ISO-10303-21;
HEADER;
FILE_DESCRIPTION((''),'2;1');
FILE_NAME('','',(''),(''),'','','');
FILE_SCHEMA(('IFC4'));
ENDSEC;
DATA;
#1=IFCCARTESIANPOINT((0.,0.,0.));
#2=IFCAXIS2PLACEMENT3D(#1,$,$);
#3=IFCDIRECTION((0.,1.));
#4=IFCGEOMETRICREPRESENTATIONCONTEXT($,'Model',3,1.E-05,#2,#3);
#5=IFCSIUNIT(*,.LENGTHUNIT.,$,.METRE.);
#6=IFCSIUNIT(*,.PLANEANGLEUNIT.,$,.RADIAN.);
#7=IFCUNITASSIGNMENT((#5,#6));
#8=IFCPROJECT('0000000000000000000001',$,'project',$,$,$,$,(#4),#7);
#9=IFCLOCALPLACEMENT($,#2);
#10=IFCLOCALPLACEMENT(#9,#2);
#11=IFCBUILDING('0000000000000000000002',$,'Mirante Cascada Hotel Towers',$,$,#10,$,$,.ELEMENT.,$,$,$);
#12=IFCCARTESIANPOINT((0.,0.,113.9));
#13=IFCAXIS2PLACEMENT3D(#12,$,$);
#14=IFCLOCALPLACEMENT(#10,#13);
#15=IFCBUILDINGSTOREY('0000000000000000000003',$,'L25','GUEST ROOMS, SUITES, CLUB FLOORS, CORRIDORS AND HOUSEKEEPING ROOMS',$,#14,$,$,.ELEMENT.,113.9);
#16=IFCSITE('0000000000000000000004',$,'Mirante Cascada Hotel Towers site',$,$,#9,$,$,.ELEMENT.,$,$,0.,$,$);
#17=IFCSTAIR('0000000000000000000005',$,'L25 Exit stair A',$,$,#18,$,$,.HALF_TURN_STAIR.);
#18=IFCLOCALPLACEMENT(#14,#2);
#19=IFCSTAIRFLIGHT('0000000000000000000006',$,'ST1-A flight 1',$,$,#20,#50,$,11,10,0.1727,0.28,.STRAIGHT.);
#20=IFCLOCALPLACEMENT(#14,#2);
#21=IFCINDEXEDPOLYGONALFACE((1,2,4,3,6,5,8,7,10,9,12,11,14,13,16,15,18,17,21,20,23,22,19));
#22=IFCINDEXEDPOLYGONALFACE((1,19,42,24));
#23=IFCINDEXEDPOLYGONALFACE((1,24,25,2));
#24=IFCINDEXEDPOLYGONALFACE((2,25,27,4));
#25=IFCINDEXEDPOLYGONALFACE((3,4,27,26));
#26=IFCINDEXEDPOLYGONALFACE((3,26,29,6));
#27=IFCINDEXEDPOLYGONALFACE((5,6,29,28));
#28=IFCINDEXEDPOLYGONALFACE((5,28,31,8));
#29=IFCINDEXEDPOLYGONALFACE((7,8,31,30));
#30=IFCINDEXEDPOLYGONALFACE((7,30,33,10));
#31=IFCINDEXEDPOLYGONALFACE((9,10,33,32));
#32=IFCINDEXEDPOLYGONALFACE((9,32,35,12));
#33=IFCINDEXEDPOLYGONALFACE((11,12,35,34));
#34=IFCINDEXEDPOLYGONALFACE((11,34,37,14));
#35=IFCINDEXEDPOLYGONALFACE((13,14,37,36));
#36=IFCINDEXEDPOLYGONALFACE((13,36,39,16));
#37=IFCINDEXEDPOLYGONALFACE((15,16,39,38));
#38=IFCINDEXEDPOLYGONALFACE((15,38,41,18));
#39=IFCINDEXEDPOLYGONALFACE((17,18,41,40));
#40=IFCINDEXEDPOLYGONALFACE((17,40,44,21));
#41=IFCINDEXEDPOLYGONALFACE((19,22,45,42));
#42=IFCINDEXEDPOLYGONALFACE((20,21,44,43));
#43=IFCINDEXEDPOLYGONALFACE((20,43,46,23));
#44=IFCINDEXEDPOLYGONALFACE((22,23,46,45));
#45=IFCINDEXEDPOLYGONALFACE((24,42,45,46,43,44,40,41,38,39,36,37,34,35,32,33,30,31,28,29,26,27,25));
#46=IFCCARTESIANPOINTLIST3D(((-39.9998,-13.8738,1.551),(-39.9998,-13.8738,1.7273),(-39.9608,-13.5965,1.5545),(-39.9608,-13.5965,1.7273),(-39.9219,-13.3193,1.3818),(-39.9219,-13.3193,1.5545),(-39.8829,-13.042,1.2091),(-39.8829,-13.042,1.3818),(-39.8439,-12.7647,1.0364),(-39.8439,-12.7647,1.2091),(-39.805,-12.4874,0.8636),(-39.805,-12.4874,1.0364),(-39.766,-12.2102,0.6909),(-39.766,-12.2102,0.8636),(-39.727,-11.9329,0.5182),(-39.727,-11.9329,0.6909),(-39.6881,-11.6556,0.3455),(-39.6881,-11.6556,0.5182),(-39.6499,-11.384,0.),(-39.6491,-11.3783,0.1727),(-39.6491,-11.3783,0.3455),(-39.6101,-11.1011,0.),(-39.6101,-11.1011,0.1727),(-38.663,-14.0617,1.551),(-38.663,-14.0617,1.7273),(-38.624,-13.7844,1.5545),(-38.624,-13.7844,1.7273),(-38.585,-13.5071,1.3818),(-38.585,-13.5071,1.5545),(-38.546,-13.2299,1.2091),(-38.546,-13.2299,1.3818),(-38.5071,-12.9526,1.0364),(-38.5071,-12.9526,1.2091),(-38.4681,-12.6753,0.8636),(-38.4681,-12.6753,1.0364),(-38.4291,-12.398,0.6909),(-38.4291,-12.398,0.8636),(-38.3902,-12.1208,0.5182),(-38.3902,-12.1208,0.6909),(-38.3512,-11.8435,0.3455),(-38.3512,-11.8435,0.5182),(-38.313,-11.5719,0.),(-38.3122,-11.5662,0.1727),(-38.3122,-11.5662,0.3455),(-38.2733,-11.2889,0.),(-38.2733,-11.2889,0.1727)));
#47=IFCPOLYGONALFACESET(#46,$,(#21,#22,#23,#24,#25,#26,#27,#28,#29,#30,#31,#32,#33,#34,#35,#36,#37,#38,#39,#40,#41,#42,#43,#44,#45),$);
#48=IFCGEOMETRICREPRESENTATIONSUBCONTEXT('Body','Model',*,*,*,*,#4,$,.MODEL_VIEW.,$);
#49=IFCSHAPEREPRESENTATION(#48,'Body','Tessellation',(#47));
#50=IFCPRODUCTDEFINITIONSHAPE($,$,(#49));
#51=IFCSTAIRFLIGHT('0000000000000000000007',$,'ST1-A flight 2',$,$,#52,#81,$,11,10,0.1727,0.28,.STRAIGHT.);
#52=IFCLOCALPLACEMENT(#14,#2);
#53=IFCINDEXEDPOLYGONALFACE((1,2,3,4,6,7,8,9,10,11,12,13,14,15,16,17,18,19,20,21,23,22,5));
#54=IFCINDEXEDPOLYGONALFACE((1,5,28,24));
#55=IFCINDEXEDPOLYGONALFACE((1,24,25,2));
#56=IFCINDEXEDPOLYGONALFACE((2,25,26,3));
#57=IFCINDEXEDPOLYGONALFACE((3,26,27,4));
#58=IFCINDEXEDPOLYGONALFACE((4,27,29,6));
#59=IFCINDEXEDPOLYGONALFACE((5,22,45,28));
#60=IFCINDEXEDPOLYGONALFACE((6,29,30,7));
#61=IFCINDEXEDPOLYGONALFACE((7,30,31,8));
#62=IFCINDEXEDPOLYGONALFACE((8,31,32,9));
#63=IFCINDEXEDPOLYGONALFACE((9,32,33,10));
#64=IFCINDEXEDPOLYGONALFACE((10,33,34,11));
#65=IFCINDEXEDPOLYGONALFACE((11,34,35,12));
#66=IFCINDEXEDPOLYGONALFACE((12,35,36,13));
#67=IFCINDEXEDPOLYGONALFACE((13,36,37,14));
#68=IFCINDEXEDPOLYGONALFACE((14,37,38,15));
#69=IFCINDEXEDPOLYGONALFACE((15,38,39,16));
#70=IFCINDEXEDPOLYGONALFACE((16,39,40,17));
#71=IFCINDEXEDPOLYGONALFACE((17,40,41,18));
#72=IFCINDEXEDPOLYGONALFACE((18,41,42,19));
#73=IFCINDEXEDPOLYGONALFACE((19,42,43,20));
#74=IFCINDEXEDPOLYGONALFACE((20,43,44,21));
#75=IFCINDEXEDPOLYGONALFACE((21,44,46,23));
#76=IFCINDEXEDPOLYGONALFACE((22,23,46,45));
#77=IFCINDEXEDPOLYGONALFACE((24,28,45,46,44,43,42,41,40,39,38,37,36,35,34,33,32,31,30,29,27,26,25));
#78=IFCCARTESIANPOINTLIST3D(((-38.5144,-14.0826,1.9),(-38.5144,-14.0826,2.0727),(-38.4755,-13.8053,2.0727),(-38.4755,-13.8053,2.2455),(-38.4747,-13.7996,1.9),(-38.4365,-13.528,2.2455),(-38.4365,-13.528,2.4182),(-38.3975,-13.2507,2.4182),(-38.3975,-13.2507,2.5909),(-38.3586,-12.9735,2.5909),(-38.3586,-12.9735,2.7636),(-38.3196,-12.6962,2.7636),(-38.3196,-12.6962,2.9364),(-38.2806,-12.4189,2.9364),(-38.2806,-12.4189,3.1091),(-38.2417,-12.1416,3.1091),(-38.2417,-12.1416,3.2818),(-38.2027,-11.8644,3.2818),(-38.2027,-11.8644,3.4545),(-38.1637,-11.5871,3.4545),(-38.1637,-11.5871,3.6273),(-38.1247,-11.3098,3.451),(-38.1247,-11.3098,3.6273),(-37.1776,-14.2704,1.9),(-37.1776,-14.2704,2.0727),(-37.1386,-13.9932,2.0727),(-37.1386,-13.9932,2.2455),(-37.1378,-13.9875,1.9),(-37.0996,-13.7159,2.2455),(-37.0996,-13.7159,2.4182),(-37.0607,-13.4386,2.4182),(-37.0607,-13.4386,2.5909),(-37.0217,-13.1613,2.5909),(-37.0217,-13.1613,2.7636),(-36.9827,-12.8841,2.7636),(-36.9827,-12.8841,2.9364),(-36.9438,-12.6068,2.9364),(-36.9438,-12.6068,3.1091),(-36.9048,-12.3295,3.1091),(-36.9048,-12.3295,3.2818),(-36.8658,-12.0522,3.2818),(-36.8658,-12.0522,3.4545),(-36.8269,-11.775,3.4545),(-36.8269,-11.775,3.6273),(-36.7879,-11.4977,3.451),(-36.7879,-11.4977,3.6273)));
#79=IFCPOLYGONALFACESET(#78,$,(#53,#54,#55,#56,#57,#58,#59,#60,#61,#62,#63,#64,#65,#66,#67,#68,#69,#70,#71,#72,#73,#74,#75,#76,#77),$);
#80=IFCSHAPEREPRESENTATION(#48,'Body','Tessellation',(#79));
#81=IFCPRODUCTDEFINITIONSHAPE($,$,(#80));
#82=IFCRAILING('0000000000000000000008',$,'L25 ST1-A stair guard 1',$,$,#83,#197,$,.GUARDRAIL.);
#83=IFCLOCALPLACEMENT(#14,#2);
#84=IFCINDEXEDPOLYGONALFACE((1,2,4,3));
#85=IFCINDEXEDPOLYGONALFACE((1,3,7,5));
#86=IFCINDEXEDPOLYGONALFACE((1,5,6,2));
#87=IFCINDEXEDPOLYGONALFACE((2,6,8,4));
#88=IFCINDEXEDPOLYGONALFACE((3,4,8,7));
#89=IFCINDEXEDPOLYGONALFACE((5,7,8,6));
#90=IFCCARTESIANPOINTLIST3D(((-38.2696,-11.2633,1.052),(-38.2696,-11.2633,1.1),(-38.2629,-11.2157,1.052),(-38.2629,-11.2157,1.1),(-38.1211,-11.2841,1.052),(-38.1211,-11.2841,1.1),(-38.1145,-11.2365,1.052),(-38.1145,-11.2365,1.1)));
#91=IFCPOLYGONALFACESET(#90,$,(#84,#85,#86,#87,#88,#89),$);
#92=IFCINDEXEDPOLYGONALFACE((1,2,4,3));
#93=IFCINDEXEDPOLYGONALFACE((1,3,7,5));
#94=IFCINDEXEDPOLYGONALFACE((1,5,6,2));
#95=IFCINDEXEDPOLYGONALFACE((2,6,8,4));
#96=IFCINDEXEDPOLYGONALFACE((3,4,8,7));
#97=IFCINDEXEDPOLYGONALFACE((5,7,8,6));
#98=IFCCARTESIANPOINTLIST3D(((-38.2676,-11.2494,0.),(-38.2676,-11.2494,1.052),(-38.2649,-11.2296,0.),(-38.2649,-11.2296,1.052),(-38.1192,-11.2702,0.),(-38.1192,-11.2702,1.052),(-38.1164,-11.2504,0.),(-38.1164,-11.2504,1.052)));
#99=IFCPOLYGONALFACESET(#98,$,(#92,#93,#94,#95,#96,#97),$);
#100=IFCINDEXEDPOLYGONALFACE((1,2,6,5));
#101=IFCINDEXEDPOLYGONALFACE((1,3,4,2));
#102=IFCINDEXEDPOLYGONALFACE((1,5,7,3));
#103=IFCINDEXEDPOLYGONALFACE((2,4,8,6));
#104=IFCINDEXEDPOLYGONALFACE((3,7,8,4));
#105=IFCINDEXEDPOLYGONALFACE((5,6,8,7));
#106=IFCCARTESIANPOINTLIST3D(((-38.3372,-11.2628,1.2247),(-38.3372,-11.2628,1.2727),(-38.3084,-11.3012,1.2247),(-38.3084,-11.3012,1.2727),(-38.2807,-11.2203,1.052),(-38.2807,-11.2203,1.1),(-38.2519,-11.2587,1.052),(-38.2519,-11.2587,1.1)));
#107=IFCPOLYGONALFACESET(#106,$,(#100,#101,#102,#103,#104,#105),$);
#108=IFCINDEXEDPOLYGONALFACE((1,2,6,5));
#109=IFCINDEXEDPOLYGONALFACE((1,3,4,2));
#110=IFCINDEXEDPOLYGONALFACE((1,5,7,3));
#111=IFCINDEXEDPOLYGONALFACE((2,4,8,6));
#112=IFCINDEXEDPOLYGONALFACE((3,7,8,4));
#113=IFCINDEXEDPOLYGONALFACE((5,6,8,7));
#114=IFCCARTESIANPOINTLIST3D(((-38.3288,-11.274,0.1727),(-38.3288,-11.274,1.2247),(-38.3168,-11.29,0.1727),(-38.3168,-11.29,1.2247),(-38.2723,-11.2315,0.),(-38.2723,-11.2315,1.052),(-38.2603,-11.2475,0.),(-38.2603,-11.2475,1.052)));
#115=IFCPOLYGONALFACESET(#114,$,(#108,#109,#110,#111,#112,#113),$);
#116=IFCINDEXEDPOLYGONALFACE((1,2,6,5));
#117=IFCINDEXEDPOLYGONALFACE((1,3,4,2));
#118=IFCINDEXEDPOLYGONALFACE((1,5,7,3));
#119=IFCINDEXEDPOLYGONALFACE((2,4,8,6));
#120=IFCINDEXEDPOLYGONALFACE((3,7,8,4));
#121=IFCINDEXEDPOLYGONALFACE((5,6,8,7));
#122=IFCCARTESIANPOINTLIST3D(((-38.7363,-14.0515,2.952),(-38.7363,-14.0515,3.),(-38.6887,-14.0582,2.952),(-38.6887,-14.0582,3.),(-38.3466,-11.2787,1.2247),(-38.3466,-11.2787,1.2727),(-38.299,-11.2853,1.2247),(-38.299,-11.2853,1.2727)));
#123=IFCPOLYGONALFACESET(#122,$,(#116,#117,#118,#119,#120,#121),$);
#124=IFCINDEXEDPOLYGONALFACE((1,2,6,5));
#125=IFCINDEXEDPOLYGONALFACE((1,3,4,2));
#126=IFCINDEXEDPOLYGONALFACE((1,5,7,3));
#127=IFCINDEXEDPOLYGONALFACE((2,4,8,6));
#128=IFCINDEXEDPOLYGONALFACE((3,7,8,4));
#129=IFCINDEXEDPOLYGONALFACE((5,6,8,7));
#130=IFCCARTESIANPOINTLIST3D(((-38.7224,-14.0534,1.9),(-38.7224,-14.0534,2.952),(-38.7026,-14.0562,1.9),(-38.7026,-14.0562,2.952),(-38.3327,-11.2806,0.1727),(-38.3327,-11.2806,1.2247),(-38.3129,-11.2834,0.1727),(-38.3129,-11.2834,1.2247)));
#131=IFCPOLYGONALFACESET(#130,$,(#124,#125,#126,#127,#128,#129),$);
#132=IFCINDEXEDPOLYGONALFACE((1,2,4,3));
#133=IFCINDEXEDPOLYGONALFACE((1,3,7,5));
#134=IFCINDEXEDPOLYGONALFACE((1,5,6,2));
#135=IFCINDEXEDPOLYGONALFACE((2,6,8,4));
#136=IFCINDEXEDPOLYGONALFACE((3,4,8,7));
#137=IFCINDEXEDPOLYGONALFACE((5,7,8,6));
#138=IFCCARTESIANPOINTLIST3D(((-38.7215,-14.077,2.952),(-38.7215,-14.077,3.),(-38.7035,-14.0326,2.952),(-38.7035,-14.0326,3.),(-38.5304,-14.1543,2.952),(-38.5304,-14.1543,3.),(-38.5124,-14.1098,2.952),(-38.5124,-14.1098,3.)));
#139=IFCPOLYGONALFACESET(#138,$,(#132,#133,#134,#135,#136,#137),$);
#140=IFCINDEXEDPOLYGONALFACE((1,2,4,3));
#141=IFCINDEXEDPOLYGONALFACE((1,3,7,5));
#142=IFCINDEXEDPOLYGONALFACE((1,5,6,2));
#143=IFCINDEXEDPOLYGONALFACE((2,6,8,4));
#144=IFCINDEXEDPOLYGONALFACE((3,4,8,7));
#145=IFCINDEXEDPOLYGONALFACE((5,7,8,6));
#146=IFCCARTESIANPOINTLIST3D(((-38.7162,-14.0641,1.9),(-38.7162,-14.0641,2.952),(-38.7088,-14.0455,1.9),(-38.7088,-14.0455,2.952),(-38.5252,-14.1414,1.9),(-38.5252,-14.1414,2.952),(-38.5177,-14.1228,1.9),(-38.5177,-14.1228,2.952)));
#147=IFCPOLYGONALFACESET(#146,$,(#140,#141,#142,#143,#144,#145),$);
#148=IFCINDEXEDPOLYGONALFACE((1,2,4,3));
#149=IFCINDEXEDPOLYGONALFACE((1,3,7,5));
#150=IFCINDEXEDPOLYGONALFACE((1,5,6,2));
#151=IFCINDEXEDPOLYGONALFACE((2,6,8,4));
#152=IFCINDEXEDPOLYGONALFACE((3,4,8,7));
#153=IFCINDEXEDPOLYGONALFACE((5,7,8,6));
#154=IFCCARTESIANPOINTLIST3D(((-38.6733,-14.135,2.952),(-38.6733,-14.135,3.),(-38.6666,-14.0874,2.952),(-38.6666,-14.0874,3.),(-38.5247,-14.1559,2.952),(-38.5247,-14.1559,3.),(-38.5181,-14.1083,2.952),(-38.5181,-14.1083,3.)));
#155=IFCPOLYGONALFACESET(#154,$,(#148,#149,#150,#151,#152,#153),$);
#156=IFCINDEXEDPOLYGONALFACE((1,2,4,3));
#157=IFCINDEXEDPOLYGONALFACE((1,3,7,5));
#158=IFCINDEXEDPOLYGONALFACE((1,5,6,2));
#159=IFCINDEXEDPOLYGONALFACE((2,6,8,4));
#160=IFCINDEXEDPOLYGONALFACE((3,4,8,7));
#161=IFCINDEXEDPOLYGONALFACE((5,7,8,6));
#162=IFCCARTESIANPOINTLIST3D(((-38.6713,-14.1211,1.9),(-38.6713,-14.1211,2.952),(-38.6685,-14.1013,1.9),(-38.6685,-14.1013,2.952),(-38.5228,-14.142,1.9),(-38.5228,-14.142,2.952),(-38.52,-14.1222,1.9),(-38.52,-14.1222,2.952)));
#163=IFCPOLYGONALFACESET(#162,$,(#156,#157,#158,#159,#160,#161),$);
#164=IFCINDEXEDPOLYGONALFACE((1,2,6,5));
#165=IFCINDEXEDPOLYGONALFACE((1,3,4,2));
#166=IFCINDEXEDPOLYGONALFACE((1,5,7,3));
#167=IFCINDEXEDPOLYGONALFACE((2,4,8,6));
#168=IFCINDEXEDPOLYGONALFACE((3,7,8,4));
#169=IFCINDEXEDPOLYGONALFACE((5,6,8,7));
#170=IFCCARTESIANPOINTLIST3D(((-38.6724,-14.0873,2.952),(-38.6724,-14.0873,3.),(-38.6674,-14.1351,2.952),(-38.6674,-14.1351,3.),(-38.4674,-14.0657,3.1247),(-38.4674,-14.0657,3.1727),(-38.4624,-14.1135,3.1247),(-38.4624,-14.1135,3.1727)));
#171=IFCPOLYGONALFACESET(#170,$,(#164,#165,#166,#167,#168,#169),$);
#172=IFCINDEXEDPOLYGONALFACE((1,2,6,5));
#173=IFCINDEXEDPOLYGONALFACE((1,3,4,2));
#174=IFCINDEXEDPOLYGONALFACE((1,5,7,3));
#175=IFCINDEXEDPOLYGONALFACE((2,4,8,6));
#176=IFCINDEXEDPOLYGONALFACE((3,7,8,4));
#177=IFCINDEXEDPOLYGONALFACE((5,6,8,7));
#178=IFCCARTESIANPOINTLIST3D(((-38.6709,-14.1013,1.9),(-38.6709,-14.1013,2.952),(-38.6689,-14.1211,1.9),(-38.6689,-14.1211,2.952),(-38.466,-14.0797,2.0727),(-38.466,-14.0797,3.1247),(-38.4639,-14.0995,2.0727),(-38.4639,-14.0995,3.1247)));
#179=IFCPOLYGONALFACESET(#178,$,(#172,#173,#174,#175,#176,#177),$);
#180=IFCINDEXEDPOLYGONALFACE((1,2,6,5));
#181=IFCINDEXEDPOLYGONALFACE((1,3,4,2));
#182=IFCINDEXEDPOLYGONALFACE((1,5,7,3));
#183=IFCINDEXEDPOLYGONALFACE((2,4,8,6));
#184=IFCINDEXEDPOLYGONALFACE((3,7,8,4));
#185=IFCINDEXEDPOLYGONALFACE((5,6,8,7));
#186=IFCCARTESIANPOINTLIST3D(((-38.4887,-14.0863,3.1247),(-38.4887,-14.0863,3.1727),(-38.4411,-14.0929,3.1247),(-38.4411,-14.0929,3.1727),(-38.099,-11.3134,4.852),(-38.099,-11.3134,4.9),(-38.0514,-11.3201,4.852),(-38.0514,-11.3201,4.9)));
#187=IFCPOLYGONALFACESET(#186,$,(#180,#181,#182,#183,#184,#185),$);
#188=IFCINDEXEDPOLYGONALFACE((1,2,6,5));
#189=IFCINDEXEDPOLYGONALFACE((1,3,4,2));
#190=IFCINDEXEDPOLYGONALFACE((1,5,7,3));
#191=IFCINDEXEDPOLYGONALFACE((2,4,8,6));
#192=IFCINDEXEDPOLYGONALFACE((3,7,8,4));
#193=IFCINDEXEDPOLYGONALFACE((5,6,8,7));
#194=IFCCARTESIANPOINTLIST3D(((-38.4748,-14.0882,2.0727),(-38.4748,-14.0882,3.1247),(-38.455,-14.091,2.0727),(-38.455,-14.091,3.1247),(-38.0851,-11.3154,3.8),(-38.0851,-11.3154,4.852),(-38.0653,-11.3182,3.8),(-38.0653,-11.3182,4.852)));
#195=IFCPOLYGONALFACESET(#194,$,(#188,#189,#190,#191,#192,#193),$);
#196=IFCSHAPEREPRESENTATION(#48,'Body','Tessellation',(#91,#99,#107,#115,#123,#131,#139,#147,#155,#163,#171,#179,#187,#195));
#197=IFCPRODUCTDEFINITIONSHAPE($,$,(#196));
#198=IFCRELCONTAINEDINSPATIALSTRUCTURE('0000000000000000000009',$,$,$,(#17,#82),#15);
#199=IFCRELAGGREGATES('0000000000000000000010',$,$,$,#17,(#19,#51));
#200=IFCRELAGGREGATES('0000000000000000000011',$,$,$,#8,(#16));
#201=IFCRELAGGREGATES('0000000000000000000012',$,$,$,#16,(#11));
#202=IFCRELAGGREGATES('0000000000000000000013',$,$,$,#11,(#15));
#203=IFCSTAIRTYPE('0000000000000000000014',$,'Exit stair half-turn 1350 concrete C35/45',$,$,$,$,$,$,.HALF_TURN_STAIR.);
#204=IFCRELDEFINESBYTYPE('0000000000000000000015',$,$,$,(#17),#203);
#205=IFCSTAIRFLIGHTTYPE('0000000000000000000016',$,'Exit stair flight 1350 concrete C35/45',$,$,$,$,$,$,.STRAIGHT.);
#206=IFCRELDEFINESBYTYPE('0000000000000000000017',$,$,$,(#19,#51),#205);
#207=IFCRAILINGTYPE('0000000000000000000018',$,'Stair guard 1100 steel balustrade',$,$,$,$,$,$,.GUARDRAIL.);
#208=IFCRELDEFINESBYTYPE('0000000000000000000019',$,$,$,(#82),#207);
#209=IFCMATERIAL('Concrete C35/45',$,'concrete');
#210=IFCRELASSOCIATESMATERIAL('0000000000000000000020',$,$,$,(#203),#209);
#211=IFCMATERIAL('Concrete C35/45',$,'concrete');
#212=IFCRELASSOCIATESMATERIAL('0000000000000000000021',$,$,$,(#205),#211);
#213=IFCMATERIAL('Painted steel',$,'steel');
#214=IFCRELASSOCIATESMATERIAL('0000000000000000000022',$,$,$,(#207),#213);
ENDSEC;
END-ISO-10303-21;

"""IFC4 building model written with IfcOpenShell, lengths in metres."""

from ifc_helpers import new_model, si_unit, direction, frame, origin, origin_2d, place, context, subcontext, project, spatial, polyline, rectangle, outline, extrude, material, type_object, element, aggregate, save


model = new_model("IFC4")

# Units and contexts
model_context = context("Model", 3, precision=1e-05, world=origin(), true_north=direction((0.0, 1.0)))
body_context = subcontext(model_context, "Body", "Model", "MODEL_VIEW")
ifc_project = project(units=[si_unit("LENGTHUNIT", "METRE"), si_unit("PLANEANGLEUNIT", "RADIAN")], contexts=[model_context])

# Site, building, storey
site_placement = place(None, origin())
site = spatial("IfcSite", under=ifc_project, at=site_placement, Name="Mirante Cascada Hotel Towers site", CompositionType="ELEMENT", RefElevation=0.0)
building_placement = place(site_placement, origin())
building = spatial("IfcBuilding", under=site, at=building_placement, Name="Mirante Cascada Hotel Towers", CompositionType="ELEMENT")
storey_placement = place(building_placement, frame((0.0, 0.0, 113.9)))
storey = spatial("IfcBuildingStorey", under=building, at=storey_placement, Name="L25", Description="GUEST ROOMS, SUITES, CLUB FLOORS, CORRIDORS AND HOUSEKEEPING ROOMS", CompositionType="ELEMENT", Elevation=113.9)

# Stair, stair flights
ifc_material_1 = material(Name="Concrete C35/45", Category="concrete")
stair_type = type_object("IfcStairType", Name="Exit stair half-turn 1350 concrete C35/45", PredefinedType="HALF_TURN_STAIR", material=ifc_material_1)
stair_placement = place(storey_placement, origin())
stair = element("IfcStair", 1, at=stair_placement, inside=storey, type_object=stair_type, Name="L25 Exit stair A", PredefinedType="HALF_TURN_STAIR")
ifc_material_2 = material(Name="Concrete C35/45", Category="concrete")
stair_flight_type = type_object("IfcStairFlightType", Name="Exit stair flight 1350 concrete C35/45", PredefinedType="STRAIGHT", material=ifc_material_2)
stair_flight_1_placement = place(storey_placement, frame((-38.9417, -11.195, 0.0), z_axis=(0.0, 0.0, 1.0), x_axis=(-0.139173, -0.990268, 0.0)))
stair_flight_1 = element("IfcStairFlight", 2, at=stair_flight_1_placement, type_object=stair_flight_type, Name="ST1-A flight 1", NumberOfRisers=11, NumberOfTreads=10, PredefinedType="STRAIGHT", RiserHeight=0.1727, TreadLength=0.28, context=body_context, shape_type="SweptSolid", body=[
    extrude(outline(polyline([(0.0, 0.0), (0.0, 0.1727), (0.28, 0.1727), (0.28, 0.3455), (0.56, 0.3455), (0.56, 0.5182), (0.84, 0.5182), (0.84, 0.6909), (1.12, 0.6909), (1.12, 0.8636), (1.4, 0.8636), (1.4, 1.0364), (1.68, 1.0364), (1.68, 1.2091), (1.96, 1.2091), (1.96, 1.3818), (2.24, 1.3818), (2.24, 1.5545), (2.52, 1.5545), (2.52, 1.7273), (2.8, 1.7273), (2.8, 1.9), (2.8, 1.551), (0.2857, 0.0), (0.0, 0.0)])), frame((0.0, 0.675, 0.0), z_axis=(0.0, -1.0, 0.0), x_axis=(1.0, 0.0, 0.0)), (0.0, 0.0, 1.0), 1.35),
])
stair_flight_2_placement = place(storey_placement, frame((-37.846, -14.1765, 1.9), z_axis=(0.0, 0.0, 1.0), x_axis=(0.139173, 0.990268, 0.0)))
stair_flight_2 = element("IfcStairFlight", 3, at=stair_flight_2_placement, type_object=stair_flight_type, Name="ST1-A flight 2", NumberOfRisers=11, NumberOfTreads=10, PredefinedType="STRAIGHT", RiserHeight=0.1727, TreadLength=0.28, context=body_context, shape_type="SweptSolid", body=[
    extrude(outline(polyline([(0.0, 0.0), (0.0, 0.1727), (0.28, 0.1727), (0.28, 0.3455), (0.56, 0.3455), (0.56, 0.5182), (0.84, 0.5182), (0.84, 0.6909), (1.12, 0.6909), (1.12, 0.8636), (1.4, 0.8636), (1.4, 1.0364), (1.68, 1.0364), (1.68, 1.2091), (1.96, 1.2091), (1.96, 1.3818), (2.24, 1.3818), (2.24, 1.5545), (2.52, 1.5545), (2.52, 1.7273), (2.8, 1.7273), (2.8, 1.9), (2.8, 1.551), (0.2857, 0.0), (0.0, 0.0)])), frame((0.0, 0.675, 0.0), z_axis=(0.0, -1.0, 0.0), x_axis=(1.0, 0.0, 0.0)), (0.0, 0.0, 1.0), 1.35),
])
aggregate(stair, [stair_flight_1, stair_flight_2])

# Railing
ifc_material_3 = material(Name="Painted steel", Category="steel")
railing_type_1 = type_object("IfcRailingType", Name="Stair guard 1100 steel balustrade", PredefinedType="GUARDRAIL", material=ifc_material_3)
railing_1_placement = place(storey_placement, frame((-38.1178, -11.2603, 0.0)))
element("IfcRailing", 4, at=railing_1_placement, inside=storey, type_object=railing_type_1, Name="L25 ST1-A stair guard 1", PredefinedType="GUARDRAIL", context=body_context, shape_type="SweptSolid", body=[
    extrude(rectangle(XDim=0.048, YDim=0.048, at=origin_2d()), frame((0.0, 0.0, 1.076), z_axis=(-0.990333, 0.138713, 0.0), x_axis=(-0.138713, -0.990333, 0.0)), (0.0, 0.0, 1.0), 0.1499),
    extrude(rectangle(XDim=0.02, YDim=1.052, at=origin_2d()), frame((0.0, 0.0, 0.526), z_axis=(-0.990333, 0.138713, 0.0), x_axis=(-0.138713, -0.990333, 0.0)), (0.0, 0.0, 1.0), 0.1499),
    extrude(rectangle(XDim=0.048, YDim=0.048, at=origin_2d()), frame((-0.1485, 0.0208, 1.076), z_axis=(-0.79915, -0.601131, 0.0), x_axis=(0.601131, -0.79915, 0.0)), (0.0, 0.925453, 0.378863), 0.1866),
    extrude(rectangle(XDim=0.02, YDim=1.052, at=origin_2d()), frame((-0.1485, 0.0208, 0.526), z_axis=(-0.79915, -0.601131, 0.0), x_axis=(0.601131, -0.79915, 0.0)), (0.0, 0.925453, 0.378863), 0.1866),
    extrude(rectangle(XDim=0.048, YDim=0.048, at=origin_2d()), frame((-0.205, -0.0217, 1.2487), z_axis=(-0.139176, -0.990268, 0.0), x_axis=(0.990268, -0.139176, 0.0)), (0.0, 0.525021, 0.851089), 3.29),
    extrude(rectangle(XDim=0.02, YDim=1.052, at=origin_2d()), frame((-0.205, -0.0217, 0.6987), z_axis=(-0.139176, -0.990268, 0.0), x_axis=(0.990268, -0.139176, 0.0)), (0.0, 0.525021, 0.851089), 3.29),
    extrude(rectangle(XDim=0.048, YDim=0.048, at=origin_2d()), frame((-0.5947, -2.7945, 2.976), z_axis=(0.927031, -0.374984, 0.0), x_axis=(0.374984, 0.927031, 0.0)), (0.0, 0.0, 1.0), 0.2061),
    extrude(rectangle(XDim=0.02, YDim=1.052, at=origin_2d()), frame((-0.5947, -2.7945, 2.426), z_axis=(0.927031, -0.374984, 0.0), x_axis=(0.374984, 0.927031, 0.0)), (0.0, 0.0, 1.0), 0.2061),
    extrude(rectangle(XDim=0.048, YDim=0.048, at=origin_2d()), frame((-0.4036, -2.8718, 2.976), z_axis=(-0.990241, 0.139367, 0.0), x_axis=(-0.139367, -0.990241, 0.0)), (0.0, 0.0, 1.0), 0.15),
    extrude(rectangle(XDim=0.02, YDim=1.052, at=origin_2d()), frame((-0.4036, -2.8718, 2.426), z_axis=(-0.990241, 0.139367, 0.0), x_axis=(-0.139367, -0.990241, 0.0)), (0.0, 0.0, 1.0), 0.15),
    extrude(rectangle(XDim=0.048, YDim=0.048, at=origin_2d()), frame((-0.5521, -2.8509, 2.976), z_axis=(0.994495, 0.104786, 0.0), x_axis=(-0.104786, 0.994495, 0.0)), (0.0, 0.642203, 0.766534), 0.2689),
    extrude(rectangle(XDim=0.02, YDim=1.052, at=origin_2d()), frame((-0.5521, -2.8509, 2.426), z_axis=(0.994495, 0.104786, 0.0), x_axis=(-0.104786, 0.994495, 0.0)), (0.0, 0.642203, 0.766534), 0.2689),
    extrude(rectangle(XDim=0.048, YDim=0.048, at=origin_2d()), frame((-0.3471, -2.8293, 3.1487), z_axis=(0.139176, 0.990268, 0.0), x_axis=(-0.990268, 0.139176, 0.0)), (0.0, 0.525021, 0.851089), 3.29),
    extrude(rectangle(XDim=0.02, YDim=1.052, at=origin_2d()), frame((-0.3471, -2.8293, 2.5987), z_axis=(0.139176, 0.990268, 0.0), x_axis=(-0.990268, 0.139176, 0.0)), (0.0, 0.525021, 0.851089), 3.29),
])

save(model, "model.ifc")
